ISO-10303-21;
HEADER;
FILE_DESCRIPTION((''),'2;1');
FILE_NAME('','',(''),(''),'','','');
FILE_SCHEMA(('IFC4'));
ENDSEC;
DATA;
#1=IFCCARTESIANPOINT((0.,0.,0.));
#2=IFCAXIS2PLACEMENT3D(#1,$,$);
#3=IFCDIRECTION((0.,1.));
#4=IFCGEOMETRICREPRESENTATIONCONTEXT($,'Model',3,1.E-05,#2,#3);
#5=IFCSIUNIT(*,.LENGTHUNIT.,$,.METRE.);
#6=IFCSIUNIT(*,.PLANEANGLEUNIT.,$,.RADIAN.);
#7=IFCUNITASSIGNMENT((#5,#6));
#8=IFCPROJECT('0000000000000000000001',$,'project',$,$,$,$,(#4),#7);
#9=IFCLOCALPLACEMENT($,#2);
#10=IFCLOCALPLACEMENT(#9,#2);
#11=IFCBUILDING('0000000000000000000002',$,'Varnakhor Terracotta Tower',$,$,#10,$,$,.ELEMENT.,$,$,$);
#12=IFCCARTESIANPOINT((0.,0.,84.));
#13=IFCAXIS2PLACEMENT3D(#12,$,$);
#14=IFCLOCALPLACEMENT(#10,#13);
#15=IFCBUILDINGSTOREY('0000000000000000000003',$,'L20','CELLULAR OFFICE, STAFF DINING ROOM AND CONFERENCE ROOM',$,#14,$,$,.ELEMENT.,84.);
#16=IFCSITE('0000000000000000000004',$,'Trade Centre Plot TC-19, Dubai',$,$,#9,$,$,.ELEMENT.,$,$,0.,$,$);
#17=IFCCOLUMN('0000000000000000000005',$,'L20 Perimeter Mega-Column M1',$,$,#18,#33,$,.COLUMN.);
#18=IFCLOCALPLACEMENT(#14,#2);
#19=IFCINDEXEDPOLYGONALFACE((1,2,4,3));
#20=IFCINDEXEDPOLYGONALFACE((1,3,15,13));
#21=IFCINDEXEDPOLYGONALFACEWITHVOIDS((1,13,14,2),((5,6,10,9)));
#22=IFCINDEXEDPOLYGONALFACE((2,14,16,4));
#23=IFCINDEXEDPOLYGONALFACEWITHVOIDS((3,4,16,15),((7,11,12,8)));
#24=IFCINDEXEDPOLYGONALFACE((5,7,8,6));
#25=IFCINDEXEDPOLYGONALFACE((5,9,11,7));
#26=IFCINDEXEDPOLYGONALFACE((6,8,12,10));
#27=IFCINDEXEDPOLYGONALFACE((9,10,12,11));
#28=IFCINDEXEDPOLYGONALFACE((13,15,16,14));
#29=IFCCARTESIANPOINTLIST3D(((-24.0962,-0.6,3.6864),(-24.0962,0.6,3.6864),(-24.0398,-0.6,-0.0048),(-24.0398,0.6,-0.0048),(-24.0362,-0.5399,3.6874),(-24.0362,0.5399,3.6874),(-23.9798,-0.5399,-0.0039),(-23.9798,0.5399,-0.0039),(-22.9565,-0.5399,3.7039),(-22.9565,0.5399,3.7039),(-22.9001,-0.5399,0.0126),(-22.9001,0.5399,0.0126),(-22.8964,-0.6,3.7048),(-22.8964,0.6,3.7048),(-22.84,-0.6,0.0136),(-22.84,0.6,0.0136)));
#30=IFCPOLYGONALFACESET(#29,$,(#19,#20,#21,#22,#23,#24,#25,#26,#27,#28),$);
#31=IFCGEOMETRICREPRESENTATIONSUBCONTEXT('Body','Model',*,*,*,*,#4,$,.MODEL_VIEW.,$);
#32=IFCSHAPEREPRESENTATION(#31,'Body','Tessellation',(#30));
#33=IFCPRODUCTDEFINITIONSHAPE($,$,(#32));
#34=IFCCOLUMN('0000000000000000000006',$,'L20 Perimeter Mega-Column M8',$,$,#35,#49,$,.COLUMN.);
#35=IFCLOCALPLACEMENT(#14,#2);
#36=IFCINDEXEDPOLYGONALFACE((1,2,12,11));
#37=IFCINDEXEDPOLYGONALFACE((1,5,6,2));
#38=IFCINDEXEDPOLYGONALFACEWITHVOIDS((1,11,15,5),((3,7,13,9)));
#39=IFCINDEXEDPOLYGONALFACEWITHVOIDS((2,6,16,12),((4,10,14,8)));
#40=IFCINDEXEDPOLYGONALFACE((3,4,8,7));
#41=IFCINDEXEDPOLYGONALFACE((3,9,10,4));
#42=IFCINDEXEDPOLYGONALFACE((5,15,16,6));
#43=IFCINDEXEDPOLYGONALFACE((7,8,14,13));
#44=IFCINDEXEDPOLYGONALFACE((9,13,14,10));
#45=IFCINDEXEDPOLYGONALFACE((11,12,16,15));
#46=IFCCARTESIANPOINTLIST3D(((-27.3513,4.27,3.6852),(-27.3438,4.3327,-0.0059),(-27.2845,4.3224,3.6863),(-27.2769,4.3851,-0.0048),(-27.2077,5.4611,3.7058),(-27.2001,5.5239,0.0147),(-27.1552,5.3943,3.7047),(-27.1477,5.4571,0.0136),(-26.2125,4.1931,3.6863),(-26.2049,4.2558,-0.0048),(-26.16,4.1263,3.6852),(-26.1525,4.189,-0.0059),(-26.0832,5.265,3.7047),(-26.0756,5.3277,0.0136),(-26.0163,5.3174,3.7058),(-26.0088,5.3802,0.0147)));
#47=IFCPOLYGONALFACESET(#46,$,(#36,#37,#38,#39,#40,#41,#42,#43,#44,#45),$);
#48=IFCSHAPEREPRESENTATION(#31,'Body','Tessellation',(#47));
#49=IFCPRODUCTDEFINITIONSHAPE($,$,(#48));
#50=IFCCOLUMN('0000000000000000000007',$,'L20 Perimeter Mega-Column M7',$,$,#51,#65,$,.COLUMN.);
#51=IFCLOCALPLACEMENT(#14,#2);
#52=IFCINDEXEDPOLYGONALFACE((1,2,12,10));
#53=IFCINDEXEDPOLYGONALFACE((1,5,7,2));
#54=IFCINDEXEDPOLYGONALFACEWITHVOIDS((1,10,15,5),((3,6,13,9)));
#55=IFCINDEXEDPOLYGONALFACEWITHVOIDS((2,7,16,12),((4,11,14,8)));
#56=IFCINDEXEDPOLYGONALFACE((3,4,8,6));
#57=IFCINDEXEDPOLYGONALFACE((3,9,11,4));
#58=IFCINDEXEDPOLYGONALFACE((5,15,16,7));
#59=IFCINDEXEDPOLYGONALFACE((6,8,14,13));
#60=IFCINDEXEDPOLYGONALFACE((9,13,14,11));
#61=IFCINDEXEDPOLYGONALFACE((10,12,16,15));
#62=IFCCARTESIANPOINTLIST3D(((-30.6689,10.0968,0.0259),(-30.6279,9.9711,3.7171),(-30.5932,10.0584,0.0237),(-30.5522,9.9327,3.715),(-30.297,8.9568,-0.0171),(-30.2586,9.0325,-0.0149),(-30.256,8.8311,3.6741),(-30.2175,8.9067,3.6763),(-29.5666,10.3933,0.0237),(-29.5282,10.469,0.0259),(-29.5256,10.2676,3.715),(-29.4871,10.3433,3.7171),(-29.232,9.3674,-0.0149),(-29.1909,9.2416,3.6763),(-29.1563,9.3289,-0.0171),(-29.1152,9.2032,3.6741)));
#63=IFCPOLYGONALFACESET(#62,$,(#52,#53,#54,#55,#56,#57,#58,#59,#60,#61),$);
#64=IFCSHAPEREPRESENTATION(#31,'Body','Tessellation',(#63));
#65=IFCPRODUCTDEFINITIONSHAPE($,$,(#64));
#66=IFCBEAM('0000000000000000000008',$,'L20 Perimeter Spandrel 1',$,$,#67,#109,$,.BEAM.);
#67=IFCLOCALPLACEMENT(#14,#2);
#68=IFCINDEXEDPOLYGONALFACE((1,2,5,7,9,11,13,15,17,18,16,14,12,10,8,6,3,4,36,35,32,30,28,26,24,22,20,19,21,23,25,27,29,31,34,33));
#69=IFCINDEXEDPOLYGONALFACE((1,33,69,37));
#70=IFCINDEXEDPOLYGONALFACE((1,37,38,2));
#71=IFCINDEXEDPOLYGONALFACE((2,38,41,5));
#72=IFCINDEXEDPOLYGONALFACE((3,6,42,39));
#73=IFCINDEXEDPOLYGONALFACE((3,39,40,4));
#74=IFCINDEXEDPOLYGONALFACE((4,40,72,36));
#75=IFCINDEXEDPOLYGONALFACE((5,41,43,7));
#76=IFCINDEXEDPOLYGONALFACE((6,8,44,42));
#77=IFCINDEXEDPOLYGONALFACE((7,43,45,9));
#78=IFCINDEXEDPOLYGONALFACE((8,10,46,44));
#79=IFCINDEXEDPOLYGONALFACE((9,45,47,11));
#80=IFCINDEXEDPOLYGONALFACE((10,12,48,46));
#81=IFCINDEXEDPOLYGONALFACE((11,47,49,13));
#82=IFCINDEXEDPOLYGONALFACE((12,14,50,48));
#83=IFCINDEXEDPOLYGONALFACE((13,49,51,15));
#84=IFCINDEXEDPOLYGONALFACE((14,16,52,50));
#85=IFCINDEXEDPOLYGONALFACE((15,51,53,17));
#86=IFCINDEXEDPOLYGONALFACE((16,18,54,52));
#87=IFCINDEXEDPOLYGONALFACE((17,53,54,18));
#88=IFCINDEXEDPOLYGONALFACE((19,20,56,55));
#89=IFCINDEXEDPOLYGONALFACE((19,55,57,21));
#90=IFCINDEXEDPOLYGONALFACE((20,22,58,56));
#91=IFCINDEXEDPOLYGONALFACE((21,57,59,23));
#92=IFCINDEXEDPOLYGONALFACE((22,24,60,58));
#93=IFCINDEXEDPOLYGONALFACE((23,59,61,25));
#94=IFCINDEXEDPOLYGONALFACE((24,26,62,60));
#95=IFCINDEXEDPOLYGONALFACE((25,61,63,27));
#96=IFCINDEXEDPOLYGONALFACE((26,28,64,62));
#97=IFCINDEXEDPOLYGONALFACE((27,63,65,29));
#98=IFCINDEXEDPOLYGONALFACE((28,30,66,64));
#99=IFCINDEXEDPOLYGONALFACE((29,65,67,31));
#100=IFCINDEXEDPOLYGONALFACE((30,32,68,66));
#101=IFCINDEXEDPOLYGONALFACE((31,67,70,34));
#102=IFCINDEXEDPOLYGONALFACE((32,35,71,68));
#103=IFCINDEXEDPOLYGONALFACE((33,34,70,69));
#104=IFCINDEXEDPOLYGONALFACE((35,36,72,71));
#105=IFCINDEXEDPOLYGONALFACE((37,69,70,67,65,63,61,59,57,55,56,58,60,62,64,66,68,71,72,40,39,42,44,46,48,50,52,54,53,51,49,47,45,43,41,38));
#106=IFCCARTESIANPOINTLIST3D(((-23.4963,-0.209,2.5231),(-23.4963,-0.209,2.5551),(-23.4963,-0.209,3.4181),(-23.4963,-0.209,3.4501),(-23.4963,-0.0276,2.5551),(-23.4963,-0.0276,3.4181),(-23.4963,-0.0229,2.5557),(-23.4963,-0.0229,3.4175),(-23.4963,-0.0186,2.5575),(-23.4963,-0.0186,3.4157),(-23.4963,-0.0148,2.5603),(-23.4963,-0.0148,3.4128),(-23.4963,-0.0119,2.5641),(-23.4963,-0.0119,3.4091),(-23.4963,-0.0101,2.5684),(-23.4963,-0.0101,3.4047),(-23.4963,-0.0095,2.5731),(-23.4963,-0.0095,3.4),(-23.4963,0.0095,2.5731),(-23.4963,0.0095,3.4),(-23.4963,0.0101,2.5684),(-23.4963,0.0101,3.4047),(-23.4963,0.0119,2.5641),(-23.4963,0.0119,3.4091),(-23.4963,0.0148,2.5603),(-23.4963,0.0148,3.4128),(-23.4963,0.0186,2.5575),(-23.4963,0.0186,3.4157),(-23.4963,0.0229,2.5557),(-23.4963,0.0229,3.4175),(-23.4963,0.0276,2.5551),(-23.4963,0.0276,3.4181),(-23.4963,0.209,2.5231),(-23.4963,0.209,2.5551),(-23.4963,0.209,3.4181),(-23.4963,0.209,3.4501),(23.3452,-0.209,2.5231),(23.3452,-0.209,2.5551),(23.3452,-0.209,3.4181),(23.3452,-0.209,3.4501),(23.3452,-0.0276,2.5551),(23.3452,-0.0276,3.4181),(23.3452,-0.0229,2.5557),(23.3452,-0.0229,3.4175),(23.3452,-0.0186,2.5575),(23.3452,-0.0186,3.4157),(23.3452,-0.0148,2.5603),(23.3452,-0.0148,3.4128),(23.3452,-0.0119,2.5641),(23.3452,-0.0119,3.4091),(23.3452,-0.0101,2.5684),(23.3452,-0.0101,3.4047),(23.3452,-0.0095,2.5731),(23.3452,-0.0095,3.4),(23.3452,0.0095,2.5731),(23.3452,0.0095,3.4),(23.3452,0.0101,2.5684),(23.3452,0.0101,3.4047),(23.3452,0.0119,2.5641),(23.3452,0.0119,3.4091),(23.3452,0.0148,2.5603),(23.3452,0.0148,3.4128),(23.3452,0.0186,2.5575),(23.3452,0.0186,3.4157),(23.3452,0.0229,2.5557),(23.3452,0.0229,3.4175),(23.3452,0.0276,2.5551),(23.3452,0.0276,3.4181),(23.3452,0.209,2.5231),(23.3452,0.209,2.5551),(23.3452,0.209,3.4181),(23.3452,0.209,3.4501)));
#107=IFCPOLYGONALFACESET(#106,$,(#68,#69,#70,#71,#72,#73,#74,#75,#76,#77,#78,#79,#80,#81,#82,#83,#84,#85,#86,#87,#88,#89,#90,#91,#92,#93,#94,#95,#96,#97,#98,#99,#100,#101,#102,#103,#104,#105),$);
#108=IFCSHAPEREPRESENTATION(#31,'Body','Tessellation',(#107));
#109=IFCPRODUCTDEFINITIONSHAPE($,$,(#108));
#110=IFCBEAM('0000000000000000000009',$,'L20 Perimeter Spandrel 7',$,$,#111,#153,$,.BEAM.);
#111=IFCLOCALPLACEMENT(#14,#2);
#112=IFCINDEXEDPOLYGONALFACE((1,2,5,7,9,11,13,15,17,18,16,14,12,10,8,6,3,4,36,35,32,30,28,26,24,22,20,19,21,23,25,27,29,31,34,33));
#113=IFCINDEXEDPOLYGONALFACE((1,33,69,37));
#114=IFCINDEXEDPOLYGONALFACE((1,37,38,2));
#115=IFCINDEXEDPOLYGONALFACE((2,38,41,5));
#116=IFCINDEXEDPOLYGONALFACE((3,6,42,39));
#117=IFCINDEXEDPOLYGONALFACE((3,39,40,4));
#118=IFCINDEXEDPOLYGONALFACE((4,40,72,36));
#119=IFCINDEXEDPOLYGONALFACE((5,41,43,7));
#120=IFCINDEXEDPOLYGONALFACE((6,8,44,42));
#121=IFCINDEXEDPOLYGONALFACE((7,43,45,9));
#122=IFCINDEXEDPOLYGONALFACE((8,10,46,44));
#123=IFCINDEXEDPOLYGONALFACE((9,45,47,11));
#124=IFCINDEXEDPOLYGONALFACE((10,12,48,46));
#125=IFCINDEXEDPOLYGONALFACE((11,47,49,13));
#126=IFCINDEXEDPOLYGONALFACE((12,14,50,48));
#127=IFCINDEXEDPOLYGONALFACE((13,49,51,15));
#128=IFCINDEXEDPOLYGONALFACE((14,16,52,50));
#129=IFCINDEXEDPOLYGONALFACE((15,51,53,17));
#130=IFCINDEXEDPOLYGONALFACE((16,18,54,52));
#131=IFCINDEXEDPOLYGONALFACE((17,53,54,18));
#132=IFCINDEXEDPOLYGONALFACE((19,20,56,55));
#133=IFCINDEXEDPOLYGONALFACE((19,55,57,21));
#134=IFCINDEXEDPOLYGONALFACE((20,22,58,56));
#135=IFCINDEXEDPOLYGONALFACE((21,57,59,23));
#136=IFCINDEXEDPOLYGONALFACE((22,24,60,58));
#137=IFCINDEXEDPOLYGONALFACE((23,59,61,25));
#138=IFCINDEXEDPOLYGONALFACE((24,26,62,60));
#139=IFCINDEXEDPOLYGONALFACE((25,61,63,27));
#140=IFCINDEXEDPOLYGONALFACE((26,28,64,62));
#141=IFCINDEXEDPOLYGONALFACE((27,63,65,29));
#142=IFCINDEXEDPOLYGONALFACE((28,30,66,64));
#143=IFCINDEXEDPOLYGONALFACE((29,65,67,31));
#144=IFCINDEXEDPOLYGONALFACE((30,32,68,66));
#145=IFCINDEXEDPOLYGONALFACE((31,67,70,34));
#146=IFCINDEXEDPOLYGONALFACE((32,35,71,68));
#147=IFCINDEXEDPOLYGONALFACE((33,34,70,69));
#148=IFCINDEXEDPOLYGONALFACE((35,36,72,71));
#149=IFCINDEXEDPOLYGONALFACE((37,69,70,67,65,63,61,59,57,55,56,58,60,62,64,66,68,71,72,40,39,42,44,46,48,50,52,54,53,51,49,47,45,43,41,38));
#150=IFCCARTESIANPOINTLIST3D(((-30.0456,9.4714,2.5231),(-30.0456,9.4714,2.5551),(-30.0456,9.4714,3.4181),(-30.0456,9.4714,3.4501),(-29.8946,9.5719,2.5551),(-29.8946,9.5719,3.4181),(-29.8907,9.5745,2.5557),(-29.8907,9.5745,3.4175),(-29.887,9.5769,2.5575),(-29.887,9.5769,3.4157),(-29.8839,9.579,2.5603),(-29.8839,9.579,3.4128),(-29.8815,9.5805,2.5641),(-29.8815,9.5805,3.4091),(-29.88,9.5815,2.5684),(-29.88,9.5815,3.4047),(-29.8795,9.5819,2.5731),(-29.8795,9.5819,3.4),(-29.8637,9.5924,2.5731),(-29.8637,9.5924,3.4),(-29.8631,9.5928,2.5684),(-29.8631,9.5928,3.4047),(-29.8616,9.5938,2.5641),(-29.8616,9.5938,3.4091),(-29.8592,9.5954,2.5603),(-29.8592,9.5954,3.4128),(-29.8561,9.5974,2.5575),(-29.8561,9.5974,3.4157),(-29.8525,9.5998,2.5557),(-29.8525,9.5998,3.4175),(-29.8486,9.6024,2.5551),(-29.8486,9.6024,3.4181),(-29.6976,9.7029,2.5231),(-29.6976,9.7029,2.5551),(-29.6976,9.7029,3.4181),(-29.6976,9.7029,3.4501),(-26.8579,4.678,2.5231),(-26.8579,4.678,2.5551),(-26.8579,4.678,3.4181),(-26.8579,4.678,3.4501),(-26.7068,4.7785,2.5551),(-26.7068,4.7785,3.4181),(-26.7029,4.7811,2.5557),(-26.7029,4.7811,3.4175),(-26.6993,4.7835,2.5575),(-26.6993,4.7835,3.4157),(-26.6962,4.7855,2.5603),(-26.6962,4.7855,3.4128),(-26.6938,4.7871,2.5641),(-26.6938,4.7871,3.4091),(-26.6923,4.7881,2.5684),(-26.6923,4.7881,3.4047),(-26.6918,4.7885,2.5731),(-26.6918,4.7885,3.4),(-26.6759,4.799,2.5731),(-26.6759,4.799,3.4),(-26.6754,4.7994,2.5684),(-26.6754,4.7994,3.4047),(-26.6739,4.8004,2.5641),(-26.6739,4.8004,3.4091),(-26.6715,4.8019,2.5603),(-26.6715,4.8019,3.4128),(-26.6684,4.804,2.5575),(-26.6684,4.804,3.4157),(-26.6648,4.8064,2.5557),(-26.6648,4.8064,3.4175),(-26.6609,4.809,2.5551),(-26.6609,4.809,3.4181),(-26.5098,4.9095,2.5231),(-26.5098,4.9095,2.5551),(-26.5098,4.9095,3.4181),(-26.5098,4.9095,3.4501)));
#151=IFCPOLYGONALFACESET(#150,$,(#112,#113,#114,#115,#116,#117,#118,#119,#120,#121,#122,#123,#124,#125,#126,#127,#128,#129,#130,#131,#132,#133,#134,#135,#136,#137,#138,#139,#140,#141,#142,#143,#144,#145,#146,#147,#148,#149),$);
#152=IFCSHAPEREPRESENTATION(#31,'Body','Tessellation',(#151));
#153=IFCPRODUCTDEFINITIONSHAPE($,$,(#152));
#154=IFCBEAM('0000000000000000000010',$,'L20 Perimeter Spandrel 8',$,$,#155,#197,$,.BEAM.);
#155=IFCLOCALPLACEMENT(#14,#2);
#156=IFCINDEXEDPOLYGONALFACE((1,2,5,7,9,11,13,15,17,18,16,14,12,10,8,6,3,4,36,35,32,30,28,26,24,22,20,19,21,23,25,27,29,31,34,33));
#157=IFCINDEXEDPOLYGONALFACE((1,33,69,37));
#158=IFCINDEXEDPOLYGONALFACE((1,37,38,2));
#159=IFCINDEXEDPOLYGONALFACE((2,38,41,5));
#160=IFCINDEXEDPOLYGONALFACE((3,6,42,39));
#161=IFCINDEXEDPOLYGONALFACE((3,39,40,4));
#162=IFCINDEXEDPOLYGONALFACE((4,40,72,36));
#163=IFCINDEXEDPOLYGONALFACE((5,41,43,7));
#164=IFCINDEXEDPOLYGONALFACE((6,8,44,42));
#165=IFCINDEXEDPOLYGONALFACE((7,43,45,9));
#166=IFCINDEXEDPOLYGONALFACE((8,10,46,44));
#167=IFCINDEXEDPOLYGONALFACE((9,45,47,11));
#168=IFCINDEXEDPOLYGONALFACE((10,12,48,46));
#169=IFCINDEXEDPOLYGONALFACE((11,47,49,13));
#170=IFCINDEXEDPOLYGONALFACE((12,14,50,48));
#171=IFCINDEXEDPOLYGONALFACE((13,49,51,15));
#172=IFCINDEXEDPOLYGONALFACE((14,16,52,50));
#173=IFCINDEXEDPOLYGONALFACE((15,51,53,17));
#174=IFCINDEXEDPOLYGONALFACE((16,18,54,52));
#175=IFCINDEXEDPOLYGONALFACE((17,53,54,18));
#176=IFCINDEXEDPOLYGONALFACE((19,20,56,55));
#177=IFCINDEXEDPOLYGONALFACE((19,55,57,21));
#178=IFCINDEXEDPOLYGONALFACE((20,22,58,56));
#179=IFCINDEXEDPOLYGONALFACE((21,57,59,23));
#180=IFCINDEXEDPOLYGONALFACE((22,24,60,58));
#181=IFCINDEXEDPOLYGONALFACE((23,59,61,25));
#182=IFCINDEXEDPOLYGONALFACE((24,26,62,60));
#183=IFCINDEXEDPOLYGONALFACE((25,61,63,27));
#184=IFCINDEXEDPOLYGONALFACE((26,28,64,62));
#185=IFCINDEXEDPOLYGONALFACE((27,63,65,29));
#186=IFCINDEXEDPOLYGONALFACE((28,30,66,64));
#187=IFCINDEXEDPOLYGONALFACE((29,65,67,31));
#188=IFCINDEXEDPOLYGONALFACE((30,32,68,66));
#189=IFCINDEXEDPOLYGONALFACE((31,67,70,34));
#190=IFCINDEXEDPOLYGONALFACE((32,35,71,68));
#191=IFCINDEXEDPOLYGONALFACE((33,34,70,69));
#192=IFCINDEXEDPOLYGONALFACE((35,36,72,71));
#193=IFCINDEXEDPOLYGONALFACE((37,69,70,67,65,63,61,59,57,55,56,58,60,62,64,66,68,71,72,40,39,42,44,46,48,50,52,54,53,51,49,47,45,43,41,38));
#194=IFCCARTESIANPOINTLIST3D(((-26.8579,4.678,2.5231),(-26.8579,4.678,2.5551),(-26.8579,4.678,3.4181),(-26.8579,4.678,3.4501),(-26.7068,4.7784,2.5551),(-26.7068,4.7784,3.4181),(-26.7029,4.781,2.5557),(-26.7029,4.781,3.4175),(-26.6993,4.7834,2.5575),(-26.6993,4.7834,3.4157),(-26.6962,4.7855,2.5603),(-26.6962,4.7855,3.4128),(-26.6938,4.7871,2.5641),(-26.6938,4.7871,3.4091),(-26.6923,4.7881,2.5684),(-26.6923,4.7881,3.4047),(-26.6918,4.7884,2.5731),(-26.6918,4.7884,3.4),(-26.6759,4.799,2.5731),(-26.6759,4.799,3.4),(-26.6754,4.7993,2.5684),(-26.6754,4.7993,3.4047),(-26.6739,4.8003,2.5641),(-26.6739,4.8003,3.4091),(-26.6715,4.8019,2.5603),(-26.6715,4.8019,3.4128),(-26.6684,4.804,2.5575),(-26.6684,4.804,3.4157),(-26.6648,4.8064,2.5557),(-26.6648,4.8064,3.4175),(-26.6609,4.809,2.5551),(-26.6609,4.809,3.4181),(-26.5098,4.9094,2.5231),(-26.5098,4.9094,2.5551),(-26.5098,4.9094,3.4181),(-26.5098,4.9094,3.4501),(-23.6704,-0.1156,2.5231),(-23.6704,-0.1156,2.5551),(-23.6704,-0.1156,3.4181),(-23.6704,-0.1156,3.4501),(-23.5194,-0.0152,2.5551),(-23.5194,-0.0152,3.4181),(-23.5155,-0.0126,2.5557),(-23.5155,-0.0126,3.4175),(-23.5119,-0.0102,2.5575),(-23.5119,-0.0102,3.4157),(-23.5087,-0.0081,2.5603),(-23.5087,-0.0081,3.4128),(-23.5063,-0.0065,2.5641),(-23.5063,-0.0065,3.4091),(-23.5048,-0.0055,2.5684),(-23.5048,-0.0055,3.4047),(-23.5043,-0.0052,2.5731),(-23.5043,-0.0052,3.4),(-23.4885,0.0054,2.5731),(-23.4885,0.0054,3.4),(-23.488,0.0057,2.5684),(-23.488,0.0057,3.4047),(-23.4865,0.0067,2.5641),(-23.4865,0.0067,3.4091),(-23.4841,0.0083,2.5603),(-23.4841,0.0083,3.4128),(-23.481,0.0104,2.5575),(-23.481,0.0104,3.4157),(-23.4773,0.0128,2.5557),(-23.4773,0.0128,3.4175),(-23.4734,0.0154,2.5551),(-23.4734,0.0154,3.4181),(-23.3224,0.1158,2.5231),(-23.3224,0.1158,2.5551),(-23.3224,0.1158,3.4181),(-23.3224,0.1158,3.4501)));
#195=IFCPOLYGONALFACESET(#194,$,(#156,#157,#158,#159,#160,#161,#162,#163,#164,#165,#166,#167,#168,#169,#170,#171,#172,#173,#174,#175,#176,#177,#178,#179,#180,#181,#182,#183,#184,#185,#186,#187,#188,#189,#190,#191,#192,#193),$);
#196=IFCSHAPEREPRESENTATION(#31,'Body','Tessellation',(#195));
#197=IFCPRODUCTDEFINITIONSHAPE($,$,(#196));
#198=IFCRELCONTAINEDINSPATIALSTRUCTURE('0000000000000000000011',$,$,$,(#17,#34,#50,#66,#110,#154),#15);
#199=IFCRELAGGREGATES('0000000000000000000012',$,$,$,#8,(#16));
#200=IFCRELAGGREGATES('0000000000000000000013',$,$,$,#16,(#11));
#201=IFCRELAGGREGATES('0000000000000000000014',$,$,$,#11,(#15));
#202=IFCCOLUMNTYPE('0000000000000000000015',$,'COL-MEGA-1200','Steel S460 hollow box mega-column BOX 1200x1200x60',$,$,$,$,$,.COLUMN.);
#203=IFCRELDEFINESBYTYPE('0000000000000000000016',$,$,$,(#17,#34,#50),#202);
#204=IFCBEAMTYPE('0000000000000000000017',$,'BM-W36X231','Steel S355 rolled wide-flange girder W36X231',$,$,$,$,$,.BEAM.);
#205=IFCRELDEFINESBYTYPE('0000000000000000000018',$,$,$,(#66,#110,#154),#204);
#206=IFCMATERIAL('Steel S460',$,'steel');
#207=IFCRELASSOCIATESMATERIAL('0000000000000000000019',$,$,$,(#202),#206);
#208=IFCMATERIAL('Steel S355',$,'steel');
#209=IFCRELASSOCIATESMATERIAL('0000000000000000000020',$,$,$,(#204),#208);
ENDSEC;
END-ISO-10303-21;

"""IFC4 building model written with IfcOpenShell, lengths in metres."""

from ifc_helpers import new_model, si_unit, direction, frame, origin, origin_2d, place, context, subcontext, project, spatial, hollow_rectangle, i_section, extrude, source, transform, mapped, material, material_profile, profile_set, type_object, type_shapes, element, save


model = new_model("IFC4")

# Units and contexts
model_context = context("Model", 3, precision=1e-05, world=origin(), true_north=direction((0.0, 1.0)))
body_context = subcontext(model_context, "Body", "Model", "MODEL_VIEW")
ifc_project = project(units=[si_unit("LENGTHUNIT", "METRE"), si_unit("PLANEANGLEUNIT", "RADIAN")], contexts=[model_context])

# Site, building, storey
site_placement = place(None, origin())
site = spatial("IfcSite", under=ifc_project, at=site_placement, Name="Trade Centre Plot TC-19, Dubai", CompositionType="ELEMENT", RefElevation=0.0)
building_placement = place(site_placement, origin())
building = spatial("IfcBuilding", under=site, at=building_placement, Name="Varnakhor Terracotta Tower", CompositionType="ELEMENT")
storey_placement = place(building_placement, frame((0.0, 0.0, 84.0)))
storey = spatial("IfcBuildingStorey", under=building, at=storey_placement, Name="L20", Description="CELLULAR OFFICE, STAFF DINING ROOM AND CONFERENCE ROOM", CompositionType="ELEMENT", Elevation=84.0)

# Columns
ifc_material_1 = material(Name="Steel S460", Category="steel")
ifc_material_profile_1 = material_profile(ifc_material_1, hollow_rectangle(XDim=1.2, YDim=1.2, WallThickness=0.0601, at=origin_2d()), Name="BOX 1200x1200x60")
ifc_profile_set_1 = profile_set([ifc_material_profile_1], Name="Steel S460")
column_type = type_object("IfcColumnType", Name="COL-MEGA-1200", Description="Steel S460 hollow box mega-column BOX 1200x1200x60", PredefinedType="COLUMN", material=ifc_profile_set_1)
shared_shape_1 = source(origin(), body_context, "Body", "SweptSolid", [
    extrude(hollow_rectangle(XDim=1.2, YDim=1.2, WallThickness=0.0601, at=origin_2d()), origin(), (0.0, 0.0, 1.0), 3.6917),
])
type_shapes(column_type, [shared_shape_1])
for number, where, z_axis, x_axis, name in (
    (1, (-23.4399, 0.0, 0.0044), (-0.015277, 0.0, 0.999883), (0.0, -1.0, 0.0), "L20 Perimeter Mega-Column M1"),
    (2, (-26.6763, 4.8564, 0.0044), (-0.00205, -0.016996, 0.999853), (0.992804, -0.119755, 0.0), "L20 Perimeter Mega-Column M8"),
):
    element("IfcColumn", number, at=place(storey_placement, frame(where, z_axis=z_axis, x_axis=x_axis)), inside=storey, type_object=column_type, Name=name, PredefinedType="COLUMN", context=body_context, shape_type="MappedRepresentation", body=[
        mapped(shared_shape_1, transform((0.0, 0.0, 0.0), scale=1.0)),
    ])
shared_shape_2 = source(origin(), body_context, "Body", "SweptSolid", [
    extrude(hollow_rectangle(XDim=1.2, YDim=1.2, WallThickness=0.0601, at=origin_2d()), origin(), (0.0, 0.0, 1.0), 3.6936),
])
column_placement = place(storey_placement, frame((-29.9126, 9.7129, 0.0044), z_axis=(0.011105, -0.034041, 0.999359), x_axis=(0.950694, 0.310129, 0.0)))
element("IfcColumn", 3, at=column_placement, inside=storey, type_object=column_type, Name="L20 Perimeter Mega-Column M7", PredefinedType="COLUMN", context=body_context, shape_type="MappedRepresentation", body=[
    mapped(shared_shape_2, transform((0.0, 0.0, 0.0), scale=1.0)),
])

# Beams
ifc_material_2 = material(Name="Steel S355", Category="steel")
ifc_material_profile_2 = material_profile(ifc_material_2, i_section(OverallWidth=0.418, OverallDepth=0.927, WebThickness=0.019, FlangeThickness=0.032, FilletRadius=0.0181, at=origin_2d()), Name="W36X231")
ifc_profile_set_2 = profile_set([ifc_material_profile_2], Name="Steel S355")
beam_type_1 = type_object("IfcBeamType", Name="BM-W36X231", Description="Steel S355 rolled wide-flange girder W36X231", PredefinedType="BEAM", material=ifc_profile_set_2)
shared_shape_3 = source(origin(), body_context, "Body", "SweptSolid", [
    extrude(i_section(OverallWidth=0.418, OverallDepth=0.927, WebThickness=0.019, FlangeThickness=0.032, FilletRadius=0.0181, at=origin_2d()), origin(), (0.0, 0.0, 1.0), 46.8416),
])
beam_1_placement = place(storey_placement, frame((-23.4963, 0.0, 2.9866), z_axis=(1.0, 0.0, 0.0), x_axis=(0.0, 1.0, 0.0)))
element("IfcBeam", 4, at=beam_1_placement, inside=storey, type_object=beam_type_1, Name="L20 Perimeter Spandrel 1", PredefinedType="BEAM", context=body_context, shape_type="MappedRepresentation", body=[
    mapped(shared_shape_3, transform((0.0, 0.0, 0.0), scale=1.0)),
])
shared_shape_4 = source(origin(), body_context, "Body", "SweptSolid", [
    extrude(i_section(OverallWidth=0.418, OverallDepth=0.927, WebThickness=0.019, FlangeThickness=0.032, FilletRadius=0.0181, at=origin_2d()), origin(), (0.0, 0.0, 1.0), 5.7566),
])
for number, where, z_axis, x_axis, name in (
    (5, (-29.8716, 9.5872, 2.9866), (0.55375, -0.832683, 0.0), (0.832683, 0.55375, 0.0), "L20 Perimeter Spandrel 7"),
    (6, (-26.6838, 4.7937, 2.9866), (0.553702, -0.832715, 0.0), (0.832715, 0.553702, 0.0), "L20 Perimeter Spandrel 8"),
):
    element("IfcBeam", number, at=place(storey_placement, frame(where, z_axis=z_axis, x_axis=x_axis)), inside=storey, type_object=beam_type_1, Name=name, PredefinedType="BEAM", context=body_context, shape_type="MappedRepresentation", body=[
        mapped(shared_shape_4, transform((0.0, 0.0, 0.0), scale=1.0)),
    ])

save(model, "model.ifc")
